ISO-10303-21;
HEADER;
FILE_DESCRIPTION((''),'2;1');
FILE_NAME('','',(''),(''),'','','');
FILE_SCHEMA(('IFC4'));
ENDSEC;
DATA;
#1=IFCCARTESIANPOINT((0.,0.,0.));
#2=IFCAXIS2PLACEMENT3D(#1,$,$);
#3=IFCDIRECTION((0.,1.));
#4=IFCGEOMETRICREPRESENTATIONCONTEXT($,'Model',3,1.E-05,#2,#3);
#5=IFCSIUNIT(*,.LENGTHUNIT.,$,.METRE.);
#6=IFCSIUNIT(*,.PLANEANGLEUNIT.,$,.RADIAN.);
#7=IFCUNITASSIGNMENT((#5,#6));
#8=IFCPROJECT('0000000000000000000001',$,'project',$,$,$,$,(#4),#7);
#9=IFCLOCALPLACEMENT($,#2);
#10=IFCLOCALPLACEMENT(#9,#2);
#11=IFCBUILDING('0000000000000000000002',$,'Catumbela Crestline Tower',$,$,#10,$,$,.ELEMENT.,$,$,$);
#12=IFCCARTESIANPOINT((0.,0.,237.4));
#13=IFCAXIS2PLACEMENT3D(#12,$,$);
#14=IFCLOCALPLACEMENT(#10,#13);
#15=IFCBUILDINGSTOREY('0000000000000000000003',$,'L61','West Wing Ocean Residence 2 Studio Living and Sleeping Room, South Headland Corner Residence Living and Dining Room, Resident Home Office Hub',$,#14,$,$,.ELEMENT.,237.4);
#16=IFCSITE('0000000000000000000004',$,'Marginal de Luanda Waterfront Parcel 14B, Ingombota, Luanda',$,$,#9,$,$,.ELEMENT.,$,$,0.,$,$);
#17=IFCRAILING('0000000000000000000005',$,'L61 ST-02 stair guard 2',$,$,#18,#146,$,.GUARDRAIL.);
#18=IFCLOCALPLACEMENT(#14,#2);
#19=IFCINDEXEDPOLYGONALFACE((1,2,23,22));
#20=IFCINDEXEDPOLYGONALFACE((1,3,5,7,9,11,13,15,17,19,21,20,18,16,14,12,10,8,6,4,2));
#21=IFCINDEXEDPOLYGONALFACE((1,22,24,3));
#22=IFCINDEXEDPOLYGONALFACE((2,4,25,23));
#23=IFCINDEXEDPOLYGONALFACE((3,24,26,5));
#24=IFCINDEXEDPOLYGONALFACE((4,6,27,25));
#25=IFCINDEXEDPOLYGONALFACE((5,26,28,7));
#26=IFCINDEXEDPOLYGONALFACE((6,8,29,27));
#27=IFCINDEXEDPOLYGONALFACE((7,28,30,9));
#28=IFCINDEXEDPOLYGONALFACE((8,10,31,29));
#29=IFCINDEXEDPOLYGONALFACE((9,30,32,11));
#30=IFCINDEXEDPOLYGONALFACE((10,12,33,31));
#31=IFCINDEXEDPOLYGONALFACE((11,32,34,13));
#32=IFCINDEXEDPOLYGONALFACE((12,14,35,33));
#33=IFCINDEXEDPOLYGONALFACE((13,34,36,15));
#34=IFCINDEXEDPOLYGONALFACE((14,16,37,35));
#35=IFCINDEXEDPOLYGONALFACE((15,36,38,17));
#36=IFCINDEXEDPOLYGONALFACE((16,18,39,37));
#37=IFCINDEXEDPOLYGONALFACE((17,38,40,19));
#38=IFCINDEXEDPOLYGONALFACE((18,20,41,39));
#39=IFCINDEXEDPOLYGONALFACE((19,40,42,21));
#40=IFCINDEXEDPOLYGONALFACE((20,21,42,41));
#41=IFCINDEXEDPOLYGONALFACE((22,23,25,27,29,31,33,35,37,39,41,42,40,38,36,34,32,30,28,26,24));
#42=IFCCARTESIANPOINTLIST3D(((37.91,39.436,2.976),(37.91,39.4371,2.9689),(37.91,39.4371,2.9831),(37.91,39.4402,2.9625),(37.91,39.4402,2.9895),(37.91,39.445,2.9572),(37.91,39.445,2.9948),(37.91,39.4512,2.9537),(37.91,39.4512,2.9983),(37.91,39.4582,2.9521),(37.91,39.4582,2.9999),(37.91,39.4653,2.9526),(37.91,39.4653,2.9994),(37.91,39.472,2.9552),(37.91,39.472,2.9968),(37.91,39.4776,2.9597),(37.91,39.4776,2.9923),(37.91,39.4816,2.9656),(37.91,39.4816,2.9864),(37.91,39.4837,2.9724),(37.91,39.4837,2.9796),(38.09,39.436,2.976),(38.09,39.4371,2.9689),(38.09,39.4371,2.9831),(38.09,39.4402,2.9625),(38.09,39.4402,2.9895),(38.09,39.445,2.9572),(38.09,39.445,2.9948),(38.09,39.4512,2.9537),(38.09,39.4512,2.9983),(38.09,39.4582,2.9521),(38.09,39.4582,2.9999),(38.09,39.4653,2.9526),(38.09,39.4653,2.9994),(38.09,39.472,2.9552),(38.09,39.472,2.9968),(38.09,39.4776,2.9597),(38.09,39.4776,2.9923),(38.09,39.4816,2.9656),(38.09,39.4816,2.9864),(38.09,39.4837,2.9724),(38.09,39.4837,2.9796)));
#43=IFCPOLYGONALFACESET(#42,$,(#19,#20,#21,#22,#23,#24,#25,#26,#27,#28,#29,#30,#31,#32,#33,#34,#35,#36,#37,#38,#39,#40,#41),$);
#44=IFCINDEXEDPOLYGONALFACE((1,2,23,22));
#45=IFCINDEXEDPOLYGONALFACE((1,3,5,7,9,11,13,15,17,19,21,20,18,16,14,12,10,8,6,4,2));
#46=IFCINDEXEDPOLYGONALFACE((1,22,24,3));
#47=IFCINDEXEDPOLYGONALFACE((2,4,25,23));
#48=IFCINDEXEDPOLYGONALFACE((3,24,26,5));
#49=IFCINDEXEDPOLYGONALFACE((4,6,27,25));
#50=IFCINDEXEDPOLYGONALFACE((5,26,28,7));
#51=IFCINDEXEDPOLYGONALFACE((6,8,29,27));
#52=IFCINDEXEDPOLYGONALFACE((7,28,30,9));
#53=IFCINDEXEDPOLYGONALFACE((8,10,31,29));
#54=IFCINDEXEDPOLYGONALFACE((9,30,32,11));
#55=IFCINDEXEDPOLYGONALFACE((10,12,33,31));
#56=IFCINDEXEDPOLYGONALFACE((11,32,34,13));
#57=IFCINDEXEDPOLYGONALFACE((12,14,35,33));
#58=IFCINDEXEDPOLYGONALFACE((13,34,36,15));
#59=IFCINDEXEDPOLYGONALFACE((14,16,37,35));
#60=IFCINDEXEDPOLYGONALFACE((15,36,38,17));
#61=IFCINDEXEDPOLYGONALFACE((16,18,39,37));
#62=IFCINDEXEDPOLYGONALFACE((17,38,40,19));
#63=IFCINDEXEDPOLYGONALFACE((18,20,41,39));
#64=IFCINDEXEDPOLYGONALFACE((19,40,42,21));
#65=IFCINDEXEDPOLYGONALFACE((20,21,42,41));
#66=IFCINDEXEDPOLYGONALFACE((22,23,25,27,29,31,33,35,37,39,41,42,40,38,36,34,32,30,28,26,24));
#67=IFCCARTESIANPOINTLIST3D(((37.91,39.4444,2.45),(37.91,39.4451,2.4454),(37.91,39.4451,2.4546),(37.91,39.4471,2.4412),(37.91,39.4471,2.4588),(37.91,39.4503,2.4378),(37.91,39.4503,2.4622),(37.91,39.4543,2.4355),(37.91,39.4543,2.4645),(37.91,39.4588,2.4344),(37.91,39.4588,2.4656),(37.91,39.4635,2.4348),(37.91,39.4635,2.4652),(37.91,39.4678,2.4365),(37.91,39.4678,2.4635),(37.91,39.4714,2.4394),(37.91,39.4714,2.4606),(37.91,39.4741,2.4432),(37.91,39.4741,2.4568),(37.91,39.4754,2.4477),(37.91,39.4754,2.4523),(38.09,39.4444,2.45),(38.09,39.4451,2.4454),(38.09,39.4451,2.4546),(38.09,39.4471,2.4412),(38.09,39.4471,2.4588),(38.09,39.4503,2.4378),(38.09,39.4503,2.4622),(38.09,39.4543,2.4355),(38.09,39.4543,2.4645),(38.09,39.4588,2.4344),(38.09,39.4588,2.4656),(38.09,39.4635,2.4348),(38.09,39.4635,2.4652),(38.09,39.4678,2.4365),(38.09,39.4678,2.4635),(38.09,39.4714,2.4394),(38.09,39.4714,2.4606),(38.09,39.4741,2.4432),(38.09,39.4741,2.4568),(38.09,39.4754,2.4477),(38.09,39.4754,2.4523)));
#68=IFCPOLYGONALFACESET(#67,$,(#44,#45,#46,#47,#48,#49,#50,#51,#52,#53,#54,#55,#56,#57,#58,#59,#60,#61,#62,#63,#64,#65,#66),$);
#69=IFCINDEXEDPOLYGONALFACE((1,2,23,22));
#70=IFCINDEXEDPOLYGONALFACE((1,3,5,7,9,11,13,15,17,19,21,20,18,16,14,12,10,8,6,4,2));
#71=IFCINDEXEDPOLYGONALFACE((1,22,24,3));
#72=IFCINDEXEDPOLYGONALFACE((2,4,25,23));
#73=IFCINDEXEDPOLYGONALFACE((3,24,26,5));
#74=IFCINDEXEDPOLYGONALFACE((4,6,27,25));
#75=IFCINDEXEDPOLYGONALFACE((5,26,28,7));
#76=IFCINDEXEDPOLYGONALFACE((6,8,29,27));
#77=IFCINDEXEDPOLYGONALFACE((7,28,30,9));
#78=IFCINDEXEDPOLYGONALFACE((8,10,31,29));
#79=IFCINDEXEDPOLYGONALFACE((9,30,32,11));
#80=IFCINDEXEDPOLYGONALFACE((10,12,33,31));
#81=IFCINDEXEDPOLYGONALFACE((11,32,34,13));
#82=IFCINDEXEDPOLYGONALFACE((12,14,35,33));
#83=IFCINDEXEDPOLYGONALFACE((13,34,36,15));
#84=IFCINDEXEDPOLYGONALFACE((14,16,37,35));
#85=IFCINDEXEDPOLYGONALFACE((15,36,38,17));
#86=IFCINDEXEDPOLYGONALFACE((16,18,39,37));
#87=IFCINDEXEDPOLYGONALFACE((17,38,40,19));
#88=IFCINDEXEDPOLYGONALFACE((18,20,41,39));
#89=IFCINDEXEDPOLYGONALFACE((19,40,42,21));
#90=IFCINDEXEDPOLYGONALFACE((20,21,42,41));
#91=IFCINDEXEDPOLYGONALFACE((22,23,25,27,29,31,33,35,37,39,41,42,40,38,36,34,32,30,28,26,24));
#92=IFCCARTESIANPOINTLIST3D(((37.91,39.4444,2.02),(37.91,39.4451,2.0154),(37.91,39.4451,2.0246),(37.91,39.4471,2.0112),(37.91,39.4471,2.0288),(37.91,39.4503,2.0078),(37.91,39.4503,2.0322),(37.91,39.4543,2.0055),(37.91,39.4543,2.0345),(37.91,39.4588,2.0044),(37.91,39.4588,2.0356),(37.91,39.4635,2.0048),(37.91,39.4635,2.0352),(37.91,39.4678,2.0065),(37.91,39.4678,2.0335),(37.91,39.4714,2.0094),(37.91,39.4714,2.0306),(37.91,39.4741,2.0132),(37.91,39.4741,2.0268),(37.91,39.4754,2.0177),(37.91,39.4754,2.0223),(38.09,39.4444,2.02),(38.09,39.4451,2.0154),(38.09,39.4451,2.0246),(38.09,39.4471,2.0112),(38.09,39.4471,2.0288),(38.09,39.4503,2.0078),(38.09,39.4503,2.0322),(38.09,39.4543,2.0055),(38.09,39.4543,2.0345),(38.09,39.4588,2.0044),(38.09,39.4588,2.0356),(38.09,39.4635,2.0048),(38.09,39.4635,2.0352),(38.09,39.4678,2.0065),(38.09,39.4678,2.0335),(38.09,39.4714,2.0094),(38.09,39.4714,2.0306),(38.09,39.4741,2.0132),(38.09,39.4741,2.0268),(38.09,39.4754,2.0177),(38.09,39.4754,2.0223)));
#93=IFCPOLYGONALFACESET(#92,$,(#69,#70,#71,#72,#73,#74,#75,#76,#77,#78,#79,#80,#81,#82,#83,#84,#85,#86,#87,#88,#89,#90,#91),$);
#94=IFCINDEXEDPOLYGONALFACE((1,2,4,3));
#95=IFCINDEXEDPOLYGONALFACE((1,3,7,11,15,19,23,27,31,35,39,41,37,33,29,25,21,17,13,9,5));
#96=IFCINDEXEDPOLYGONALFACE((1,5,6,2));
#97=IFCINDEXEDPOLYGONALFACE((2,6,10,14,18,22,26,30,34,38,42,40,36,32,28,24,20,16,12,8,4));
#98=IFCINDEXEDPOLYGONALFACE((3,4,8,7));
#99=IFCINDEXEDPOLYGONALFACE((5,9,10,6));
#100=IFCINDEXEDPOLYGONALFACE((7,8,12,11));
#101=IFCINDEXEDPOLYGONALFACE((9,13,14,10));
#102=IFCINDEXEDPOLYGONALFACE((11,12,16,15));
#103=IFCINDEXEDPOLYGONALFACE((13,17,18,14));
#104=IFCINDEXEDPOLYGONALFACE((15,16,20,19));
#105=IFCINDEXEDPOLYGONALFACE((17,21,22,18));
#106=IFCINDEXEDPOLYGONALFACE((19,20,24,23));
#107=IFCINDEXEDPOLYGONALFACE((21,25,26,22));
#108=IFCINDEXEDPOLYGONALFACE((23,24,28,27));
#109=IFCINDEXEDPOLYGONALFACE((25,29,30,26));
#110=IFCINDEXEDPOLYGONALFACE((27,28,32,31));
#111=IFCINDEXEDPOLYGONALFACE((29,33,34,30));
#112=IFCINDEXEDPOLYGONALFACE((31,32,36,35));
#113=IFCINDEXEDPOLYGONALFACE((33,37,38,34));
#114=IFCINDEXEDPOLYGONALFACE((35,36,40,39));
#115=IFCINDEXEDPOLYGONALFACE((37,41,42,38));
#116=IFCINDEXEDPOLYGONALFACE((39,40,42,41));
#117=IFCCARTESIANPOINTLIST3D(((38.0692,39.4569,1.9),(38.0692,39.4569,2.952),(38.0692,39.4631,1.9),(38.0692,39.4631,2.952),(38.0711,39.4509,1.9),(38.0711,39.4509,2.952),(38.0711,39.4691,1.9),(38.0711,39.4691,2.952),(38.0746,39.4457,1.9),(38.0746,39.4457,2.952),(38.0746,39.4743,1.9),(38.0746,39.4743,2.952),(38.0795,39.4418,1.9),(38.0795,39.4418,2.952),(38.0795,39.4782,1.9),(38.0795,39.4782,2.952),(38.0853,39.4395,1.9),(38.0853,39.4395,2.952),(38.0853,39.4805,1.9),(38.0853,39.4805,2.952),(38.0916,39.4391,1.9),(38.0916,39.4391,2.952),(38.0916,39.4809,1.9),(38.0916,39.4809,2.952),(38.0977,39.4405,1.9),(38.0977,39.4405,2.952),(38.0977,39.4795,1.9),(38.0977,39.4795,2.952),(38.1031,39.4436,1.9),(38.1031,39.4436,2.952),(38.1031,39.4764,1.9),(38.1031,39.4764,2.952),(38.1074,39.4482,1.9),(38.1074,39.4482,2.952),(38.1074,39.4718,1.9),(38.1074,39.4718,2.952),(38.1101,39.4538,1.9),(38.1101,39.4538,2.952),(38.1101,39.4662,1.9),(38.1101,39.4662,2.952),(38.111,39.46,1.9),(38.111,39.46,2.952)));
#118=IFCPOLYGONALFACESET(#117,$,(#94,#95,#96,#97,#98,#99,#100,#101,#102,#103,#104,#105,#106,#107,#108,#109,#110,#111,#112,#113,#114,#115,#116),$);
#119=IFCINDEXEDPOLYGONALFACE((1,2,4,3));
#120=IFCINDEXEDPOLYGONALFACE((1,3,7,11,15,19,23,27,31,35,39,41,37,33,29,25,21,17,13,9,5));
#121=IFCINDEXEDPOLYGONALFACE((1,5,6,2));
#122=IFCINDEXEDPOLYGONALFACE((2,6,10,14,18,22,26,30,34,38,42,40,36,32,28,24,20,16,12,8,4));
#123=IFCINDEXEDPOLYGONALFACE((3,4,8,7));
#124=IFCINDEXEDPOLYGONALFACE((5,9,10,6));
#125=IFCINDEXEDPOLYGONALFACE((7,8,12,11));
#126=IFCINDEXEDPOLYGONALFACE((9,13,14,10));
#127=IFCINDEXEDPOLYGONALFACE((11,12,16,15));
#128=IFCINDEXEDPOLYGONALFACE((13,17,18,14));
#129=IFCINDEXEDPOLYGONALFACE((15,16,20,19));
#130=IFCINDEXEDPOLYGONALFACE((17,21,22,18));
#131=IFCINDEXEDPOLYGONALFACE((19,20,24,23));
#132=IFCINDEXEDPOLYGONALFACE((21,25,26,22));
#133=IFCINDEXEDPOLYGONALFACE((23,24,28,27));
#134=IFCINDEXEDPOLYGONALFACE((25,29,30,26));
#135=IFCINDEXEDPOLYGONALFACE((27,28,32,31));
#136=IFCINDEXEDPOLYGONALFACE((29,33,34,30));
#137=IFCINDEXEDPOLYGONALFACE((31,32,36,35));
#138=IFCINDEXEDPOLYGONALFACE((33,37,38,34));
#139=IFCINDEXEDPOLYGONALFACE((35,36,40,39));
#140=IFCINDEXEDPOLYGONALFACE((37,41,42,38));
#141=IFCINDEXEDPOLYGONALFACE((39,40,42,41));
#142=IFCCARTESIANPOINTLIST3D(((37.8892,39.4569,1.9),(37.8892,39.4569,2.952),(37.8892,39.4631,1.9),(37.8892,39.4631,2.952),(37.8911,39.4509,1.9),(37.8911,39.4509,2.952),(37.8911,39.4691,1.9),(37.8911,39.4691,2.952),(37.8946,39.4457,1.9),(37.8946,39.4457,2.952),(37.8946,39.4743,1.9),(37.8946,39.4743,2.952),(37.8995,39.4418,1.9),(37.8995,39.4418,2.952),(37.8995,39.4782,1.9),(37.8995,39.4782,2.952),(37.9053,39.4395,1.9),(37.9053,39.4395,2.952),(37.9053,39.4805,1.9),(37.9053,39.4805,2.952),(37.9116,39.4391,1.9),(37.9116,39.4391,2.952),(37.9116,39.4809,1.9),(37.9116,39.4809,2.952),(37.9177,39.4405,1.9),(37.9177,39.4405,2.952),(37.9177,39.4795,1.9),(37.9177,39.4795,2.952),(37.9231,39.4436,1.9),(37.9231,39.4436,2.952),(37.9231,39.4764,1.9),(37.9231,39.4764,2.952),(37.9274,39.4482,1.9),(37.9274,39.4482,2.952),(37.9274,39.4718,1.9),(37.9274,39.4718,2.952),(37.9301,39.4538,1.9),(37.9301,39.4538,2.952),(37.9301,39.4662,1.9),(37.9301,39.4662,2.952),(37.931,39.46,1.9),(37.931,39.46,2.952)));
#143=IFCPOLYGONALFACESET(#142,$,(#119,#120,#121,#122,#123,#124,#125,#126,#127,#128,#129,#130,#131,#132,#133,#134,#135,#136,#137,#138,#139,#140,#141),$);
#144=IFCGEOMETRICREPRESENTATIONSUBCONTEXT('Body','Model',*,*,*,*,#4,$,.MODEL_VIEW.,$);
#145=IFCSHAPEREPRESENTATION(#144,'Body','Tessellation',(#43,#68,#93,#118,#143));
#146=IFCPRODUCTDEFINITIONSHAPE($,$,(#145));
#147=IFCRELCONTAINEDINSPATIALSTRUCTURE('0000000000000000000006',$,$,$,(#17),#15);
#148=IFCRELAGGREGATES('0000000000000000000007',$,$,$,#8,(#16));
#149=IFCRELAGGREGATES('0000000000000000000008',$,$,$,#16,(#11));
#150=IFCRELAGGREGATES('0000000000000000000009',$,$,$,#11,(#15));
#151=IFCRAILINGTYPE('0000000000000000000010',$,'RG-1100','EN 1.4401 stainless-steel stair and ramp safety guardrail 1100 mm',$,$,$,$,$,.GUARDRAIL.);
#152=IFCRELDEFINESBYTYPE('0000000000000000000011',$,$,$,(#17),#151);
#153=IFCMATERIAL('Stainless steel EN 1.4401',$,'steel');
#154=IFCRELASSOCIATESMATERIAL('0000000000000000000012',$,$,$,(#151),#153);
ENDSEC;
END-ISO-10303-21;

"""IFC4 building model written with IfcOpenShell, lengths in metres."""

from ifc_helpers import new_model, si_unit, direction, frame, origin, origin_2d, place, context, subcontext, project, spatial, circle, extrude, material, type_object, element, save


model = new_model("IFC4")

# Units and contexts
model_context = context("Model", 3, precision=1e-05, world=origin(), true_north=direction((0.0, 1.0)))
body_context = subcontext(model_context, "Body", "Model", "MODEL_VIEW")
ifc_project = project(units=[si_unit("LENGTHUNIT", "METRE"), si_unit("PLANEANGLEUNIT", "RADIAN")], contexts=[model_context])

# Site, building, storey
site_placement = place(None, origin())
site = spatial("IfcSite", under=ifc_project, at=site_placement, Name="Marginal de Luanda Waterfront Parcel 14B, Ingombota, Luanda", CompositionType="ELEMENT", RefElevation=0.0)
building_placement = place(site_placement, origin())
building = spatial("IfcBuilding", under=site, at=building_placement, Name="Catumbela Crestline Tower", CompositionType="ELEMENT")
storey_placement = place(building_placement, frame((0.0, 0.0, 237.4)))
storey = spatial("IfcBuildingStorey", under=building, at=storey_placement, Name="L61", Description="West Wing Ocean Residence 2 Studio Living and Sleeping Room, South Headland Corner Residence Living and Dining Room, Resident Home Office Hub", CompositionType="ELEMENT", Elevation=237.4)

# Railing
ifc_material_1 = material(Name="Stainless steel EN 1.4401", Category="steel")
railing_type_1 = type_object("IfcRailingType", Name="RG-1100", Description="EN 1.4401 stainless-steel stair and ramp safety guardrail 1100 mm", PredefinedType="GUARDRAIL", material=ifc_material_1)
for number, where, name in (
    (1, (38.09, 39.46, 1.9), "L61 ST-02 stair guard 2"),
):
    element("IfcRailing", number, at=place(storey_placement, frame(where)), inside=storey, type_object=railing_type_1, Name=name, PredefinedType="GUARDRAIL", context=body_context, shape_type="SweptSolid", body=[
        extrude(circle(Radius=0.024, at=origin_2d()), frame((0.0, 0.0, 1.076), z_axis=(-1.0, 0.0, 0.0), x_axis=(0.0, -1.0, 0.0)), (0.0, 0.0, 1.0), 0.18),
        extrude(circle(Radius=0.0156, at=origin_2d()), frame((0.0, 0.0, 0.55), z_axis=(-1.0, 0.0, 0.0), x_axis=(0.0, -1.0, 0.0)), (0.0, 0.0, 1.0), 0.18),
        extrude(circle(Radius=0.0156, at=origin_2d()), frame((0.0, 0.0, 0.12), z_axis=(-1.0, 0.0, 0.0), x_axis=(0.0, -1.0, 0.0)), (0.0, 0.0, 1.0), 0.18),
        extrude(circle(Radius=0.021, at=origin_2d()), origin(), (0.0, 0.0, 1.0), 1.052),
        extrude(circle(Radius=0.021, at=origin_2d()), frame((-0.18, 0.0, 0.0)), (0.0, 0.0, 1.0), 1.052),
    ])

save(model, "model.ifc")
